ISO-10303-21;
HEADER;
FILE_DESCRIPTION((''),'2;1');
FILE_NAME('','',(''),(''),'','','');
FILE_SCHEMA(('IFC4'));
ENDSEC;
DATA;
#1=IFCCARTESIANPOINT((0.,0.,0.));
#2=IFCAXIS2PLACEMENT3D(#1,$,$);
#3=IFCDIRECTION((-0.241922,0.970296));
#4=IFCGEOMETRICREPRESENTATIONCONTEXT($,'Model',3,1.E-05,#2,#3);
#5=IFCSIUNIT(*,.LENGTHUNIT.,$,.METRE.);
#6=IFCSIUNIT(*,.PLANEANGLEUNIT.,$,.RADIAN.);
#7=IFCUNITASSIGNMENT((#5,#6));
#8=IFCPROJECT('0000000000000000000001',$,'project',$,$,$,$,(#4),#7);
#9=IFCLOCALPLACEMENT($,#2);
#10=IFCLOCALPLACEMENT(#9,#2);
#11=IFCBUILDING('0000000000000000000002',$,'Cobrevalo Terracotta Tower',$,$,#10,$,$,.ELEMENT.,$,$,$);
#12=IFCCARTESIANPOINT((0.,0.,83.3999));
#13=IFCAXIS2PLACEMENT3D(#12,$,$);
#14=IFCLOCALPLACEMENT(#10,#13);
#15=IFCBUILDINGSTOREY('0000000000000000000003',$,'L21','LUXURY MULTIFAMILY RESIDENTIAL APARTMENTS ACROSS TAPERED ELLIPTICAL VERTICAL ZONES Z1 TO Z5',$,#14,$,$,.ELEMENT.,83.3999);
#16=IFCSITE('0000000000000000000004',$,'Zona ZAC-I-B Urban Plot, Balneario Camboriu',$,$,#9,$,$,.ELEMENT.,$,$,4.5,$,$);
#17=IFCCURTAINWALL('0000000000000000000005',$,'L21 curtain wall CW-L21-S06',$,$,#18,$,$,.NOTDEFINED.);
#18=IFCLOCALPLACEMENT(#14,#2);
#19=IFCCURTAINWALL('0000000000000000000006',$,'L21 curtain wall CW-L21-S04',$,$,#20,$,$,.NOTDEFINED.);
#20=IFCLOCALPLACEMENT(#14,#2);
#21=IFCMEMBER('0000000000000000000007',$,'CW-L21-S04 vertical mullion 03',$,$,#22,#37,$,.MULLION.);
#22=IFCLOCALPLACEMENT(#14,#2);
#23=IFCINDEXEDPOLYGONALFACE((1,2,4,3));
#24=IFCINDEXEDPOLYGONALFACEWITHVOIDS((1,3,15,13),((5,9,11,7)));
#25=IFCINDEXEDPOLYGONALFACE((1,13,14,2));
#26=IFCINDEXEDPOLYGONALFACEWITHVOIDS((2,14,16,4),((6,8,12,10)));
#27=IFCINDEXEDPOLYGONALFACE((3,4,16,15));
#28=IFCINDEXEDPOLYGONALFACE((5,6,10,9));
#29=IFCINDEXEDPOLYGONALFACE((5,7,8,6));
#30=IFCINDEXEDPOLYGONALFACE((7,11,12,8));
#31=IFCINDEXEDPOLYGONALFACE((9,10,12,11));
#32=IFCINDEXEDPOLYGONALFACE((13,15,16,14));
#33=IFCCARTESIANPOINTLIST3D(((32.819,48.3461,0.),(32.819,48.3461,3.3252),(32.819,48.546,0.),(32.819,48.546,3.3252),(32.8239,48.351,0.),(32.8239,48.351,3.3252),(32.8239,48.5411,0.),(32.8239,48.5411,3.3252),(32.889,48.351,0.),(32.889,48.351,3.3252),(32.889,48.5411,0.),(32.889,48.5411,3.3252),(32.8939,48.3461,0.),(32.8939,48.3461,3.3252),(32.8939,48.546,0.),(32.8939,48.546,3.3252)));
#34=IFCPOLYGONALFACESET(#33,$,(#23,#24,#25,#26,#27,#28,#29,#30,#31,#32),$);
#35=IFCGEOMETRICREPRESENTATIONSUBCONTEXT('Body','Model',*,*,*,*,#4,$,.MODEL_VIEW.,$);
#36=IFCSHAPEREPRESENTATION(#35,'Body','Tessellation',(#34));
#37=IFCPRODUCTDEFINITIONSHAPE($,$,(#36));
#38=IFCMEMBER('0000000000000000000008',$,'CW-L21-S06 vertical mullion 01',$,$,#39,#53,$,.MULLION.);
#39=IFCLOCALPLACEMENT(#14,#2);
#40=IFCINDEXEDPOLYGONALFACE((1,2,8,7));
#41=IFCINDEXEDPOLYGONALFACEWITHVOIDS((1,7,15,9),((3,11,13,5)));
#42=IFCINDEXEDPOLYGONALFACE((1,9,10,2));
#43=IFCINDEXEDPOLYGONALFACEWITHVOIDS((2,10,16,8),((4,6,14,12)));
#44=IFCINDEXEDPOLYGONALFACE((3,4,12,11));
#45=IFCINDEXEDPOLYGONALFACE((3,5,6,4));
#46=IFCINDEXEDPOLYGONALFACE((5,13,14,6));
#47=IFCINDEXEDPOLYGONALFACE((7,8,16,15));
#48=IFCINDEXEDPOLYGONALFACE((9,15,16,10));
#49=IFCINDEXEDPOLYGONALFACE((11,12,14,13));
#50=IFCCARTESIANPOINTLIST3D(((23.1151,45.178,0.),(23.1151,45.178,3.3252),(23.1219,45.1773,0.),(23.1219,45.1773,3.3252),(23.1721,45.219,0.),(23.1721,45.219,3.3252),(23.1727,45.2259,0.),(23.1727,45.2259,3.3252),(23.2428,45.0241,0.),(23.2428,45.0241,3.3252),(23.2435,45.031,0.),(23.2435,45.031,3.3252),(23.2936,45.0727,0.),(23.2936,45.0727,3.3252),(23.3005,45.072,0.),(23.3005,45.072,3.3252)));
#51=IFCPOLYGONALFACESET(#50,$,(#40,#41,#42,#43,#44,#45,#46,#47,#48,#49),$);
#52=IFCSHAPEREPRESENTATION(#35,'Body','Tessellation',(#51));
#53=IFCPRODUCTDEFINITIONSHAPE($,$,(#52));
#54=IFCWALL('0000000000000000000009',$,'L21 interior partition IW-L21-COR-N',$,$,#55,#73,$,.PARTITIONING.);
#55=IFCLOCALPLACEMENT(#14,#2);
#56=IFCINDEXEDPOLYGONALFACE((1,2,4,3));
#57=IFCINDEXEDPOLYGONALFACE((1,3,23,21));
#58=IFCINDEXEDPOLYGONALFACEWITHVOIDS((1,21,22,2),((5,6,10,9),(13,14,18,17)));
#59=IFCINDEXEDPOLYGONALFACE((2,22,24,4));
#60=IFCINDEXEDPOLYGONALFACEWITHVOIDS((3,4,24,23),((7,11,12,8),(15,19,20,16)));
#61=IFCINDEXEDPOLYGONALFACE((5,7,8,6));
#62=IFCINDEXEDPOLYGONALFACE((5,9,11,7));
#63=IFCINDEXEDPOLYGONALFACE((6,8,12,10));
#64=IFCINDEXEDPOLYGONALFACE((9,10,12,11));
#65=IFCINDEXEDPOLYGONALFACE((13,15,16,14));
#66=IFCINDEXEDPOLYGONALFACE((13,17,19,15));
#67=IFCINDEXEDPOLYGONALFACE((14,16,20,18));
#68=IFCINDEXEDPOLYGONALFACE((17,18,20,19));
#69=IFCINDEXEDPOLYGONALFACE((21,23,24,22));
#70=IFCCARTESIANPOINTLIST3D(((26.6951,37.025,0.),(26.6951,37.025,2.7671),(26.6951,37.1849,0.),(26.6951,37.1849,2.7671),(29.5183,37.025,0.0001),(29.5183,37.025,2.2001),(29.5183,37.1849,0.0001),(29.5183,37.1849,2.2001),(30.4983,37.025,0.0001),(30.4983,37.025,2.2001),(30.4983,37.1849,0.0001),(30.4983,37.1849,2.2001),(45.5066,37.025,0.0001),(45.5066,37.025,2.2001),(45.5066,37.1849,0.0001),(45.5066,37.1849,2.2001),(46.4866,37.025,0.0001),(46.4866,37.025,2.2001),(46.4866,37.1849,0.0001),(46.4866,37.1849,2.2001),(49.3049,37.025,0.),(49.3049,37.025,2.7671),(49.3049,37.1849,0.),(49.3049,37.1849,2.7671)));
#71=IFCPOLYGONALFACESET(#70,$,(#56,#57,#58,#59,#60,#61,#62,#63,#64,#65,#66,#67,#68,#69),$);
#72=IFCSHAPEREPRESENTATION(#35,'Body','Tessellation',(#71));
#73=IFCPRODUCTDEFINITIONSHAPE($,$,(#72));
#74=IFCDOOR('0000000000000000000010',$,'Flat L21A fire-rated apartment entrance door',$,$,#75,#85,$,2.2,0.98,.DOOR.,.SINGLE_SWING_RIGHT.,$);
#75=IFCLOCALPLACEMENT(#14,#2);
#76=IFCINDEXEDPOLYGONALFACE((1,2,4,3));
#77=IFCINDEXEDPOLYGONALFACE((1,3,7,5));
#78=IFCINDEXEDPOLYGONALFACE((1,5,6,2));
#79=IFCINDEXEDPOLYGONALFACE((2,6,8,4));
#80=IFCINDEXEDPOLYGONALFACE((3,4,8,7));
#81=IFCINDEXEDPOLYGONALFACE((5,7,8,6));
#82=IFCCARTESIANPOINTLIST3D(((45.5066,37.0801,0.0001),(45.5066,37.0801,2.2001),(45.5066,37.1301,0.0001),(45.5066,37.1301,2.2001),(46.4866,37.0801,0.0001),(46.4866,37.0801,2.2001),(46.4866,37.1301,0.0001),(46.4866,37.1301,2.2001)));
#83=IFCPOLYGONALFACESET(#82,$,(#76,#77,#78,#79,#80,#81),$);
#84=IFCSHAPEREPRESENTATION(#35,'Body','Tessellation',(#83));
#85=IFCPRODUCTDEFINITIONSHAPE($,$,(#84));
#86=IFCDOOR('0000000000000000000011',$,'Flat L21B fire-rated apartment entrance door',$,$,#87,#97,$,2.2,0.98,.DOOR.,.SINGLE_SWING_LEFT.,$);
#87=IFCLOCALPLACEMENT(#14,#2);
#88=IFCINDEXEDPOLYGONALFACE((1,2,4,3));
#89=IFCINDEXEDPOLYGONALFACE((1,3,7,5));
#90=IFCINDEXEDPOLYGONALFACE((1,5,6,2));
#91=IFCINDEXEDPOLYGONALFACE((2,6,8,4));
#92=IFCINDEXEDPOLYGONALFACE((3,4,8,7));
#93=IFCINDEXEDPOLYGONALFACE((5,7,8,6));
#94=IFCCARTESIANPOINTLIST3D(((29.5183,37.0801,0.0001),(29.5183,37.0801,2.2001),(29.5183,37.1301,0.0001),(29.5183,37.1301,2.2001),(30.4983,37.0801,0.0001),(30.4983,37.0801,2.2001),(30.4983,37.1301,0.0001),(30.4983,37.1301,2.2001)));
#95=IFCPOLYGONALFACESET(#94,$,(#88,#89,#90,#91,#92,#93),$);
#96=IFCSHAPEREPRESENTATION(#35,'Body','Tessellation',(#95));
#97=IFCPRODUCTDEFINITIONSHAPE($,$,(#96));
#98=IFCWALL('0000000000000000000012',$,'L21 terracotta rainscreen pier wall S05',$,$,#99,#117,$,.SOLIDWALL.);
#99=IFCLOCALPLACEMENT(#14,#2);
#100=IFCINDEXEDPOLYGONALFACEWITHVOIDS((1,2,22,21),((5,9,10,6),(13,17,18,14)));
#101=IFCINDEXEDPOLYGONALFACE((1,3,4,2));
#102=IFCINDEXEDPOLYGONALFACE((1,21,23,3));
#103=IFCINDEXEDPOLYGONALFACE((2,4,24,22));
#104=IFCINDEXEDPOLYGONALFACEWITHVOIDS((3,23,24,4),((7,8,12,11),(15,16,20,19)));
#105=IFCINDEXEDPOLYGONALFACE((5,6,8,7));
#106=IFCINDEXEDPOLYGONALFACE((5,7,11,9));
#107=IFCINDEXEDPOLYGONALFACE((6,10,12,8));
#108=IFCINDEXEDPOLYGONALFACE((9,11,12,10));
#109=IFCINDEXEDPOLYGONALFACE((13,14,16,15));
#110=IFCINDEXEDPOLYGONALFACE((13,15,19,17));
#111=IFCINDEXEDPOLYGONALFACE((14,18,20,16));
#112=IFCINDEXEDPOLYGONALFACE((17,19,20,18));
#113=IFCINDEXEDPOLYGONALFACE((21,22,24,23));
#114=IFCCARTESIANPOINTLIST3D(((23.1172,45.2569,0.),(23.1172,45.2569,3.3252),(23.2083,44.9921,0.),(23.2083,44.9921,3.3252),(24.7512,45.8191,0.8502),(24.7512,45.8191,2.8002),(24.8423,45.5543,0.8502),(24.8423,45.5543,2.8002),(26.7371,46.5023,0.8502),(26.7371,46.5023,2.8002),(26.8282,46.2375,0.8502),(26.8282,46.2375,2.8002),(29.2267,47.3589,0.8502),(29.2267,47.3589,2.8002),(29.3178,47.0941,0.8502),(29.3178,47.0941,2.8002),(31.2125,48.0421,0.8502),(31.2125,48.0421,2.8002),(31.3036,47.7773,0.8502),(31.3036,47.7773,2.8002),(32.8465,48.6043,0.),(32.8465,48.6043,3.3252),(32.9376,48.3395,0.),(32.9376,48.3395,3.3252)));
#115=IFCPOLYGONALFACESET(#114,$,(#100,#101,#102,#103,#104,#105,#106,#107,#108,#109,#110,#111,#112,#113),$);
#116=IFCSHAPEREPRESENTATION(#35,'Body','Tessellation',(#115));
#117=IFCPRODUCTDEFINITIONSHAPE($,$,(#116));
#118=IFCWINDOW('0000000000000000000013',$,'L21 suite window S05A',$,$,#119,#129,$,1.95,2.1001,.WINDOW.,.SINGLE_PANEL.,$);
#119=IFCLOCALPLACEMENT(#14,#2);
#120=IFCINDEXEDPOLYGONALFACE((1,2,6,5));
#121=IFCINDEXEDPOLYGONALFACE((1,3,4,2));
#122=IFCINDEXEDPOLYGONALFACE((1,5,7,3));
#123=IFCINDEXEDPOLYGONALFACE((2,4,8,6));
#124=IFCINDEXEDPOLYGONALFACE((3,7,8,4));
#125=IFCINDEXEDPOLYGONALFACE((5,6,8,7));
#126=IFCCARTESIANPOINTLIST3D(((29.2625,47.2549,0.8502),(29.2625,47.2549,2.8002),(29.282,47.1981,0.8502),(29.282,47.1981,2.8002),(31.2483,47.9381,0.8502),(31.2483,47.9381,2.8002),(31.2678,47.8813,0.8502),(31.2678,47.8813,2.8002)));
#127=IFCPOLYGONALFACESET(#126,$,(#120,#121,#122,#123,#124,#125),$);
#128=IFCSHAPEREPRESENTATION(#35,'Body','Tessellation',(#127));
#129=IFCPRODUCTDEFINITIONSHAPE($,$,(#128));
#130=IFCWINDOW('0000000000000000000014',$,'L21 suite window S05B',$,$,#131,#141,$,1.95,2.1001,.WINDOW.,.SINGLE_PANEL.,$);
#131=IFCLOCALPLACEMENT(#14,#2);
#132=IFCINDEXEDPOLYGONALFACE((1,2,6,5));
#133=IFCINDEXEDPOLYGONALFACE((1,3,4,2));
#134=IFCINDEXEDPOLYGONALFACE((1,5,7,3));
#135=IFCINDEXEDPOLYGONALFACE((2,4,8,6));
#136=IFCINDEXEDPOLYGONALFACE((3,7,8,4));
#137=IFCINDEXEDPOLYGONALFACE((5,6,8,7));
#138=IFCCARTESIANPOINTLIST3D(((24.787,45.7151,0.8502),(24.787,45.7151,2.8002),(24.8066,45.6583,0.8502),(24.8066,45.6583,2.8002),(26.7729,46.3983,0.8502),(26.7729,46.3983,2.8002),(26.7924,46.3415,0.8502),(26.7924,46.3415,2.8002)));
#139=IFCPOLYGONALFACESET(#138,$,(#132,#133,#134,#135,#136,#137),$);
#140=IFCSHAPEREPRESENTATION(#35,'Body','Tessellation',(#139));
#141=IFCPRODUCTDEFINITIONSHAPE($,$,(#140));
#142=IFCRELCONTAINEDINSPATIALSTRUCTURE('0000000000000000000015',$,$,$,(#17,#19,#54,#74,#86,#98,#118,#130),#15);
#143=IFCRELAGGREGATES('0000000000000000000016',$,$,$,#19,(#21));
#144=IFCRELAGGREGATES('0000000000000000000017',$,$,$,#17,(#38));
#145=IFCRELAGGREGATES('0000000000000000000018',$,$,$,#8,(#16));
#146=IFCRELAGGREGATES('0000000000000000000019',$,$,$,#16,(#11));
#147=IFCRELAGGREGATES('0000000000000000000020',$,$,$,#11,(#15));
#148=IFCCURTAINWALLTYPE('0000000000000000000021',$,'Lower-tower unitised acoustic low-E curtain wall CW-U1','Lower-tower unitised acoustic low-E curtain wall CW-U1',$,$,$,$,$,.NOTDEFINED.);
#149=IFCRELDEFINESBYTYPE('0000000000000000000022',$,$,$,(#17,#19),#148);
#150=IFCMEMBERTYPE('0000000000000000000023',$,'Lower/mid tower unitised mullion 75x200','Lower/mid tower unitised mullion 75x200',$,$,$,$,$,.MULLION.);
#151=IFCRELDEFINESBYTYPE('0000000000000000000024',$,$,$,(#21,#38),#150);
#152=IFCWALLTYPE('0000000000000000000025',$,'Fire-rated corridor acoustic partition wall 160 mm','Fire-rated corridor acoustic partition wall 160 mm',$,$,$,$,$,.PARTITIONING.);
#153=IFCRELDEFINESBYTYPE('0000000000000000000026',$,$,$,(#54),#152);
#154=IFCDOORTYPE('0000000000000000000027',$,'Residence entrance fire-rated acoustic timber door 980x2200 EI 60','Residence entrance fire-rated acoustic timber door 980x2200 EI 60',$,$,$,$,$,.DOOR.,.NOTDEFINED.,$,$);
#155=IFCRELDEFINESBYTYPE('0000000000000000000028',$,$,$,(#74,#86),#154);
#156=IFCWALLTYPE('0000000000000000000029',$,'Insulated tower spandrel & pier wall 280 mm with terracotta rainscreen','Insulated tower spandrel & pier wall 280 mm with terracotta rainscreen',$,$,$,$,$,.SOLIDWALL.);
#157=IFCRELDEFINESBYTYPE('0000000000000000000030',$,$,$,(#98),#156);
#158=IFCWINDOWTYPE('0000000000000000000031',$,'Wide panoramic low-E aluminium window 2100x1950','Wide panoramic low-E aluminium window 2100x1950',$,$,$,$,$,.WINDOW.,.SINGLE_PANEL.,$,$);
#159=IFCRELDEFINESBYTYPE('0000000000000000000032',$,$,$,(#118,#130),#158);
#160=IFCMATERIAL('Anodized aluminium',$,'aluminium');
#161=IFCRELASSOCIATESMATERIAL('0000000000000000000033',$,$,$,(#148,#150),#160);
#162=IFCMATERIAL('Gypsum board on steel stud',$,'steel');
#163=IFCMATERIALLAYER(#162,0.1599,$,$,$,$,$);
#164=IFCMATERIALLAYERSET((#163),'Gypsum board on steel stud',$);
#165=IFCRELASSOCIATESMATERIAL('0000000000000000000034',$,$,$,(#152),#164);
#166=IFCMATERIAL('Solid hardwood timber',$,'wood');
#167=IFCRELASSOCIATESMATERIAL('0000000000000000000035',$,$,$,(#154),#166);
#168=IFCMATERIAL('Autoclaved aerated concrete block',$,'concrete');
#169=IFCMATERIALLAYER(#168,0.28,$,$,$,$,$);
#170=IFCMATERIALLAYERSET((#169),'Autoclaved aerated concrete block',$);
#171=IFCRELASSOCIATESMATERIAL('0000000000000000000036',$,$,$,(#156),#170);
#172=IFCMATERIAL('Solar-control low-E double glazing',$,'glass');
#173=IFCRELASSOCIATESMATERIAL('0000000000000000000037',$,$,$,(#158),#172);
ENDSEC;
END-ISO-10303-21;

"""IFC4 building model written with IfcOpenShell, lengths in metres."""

from ifc_helpers import new_model, si_unit, direction, frame, frame_2d, origin, origin_2d, place, context, subcontext, project, spatial, rectangle, hollow_rectangle, extrude, source, transform, mapped, material, layer, layer_set, material_profile, profile_set, type_object, element, fill, aggregate, save


model = new_model("IFC4")

# Units and contexts
model_context = context("Model", 3, precision=1e-05, world=origin(), true_north=direction((-0.241922, 0.970296)))
body_context = subcontext(model_context, "Body", "Model", "MODEL_VIEW")
ifc_project = project(units=[si_unit("LENGTHUNIT", "METRE"), si_unit("PLANEANGLEUNIT", "RADIAN")], contexts=[model_context])

# Site, building, storey
site_placement = place(None, origin())
site = spatial("IfcSite", under=ifc_project, at=site_placement, Name="Zona ZAC-I-B Urban Plot, Balneario Camboriu", CompositionType="ELEMENT", RefElevation=4.5)
building_placement = place(site_placement, origin())
building = spatial("IfcBuilding", under=site, at=building_placement, Name="Cobrevalo Terracotta Tower", CompositionType="ELEMENT")
storey_placement = place(building_placement, frame((0.0, 0.0, 83.3999)))
storey = spatial("IfcBuildingStorey", under=building, at=storey_placement, Name="L21", Description="LUXURY MULTIFAMILY RESIDENTIAL APARTMENTS ACROSS TAPERED ELLIPTICAL VERTICAL ZONES Z1 TO Z5", CompositionType="ELEMENT", Elevation=83.3999)

# Curtain walls, member
ifc_material_1 = material(Name="Anodized aluminium", Category="aluminium")
curtain_wall_type = type_object("IfcCurtainWallType", Name="Lower-tower unitised acoustic low-E curtain wall CW-U1", Description="Lower-tower unitised acoustic low-E curtain wall CW-U1", PredefinedType="NOTDEFINED", material=ifc_material_1)
curtain_wall_1_placement = place(storey_placement, origin())
curtain_wall_1 = element("IfcCurtainWall", 1, at=curtain_wall_1_placement, inside=storey, type_object=curtain_wall_type, Name="L21 curtain wall CW-L21-S06", PredefinedType="NOTDEFINED")
curtain_wall_2_placement = place(storey_placement, origin())
curtain_wall_2 = element("IfcCurtainWall", 2, at=curtain_wall_2_placement, inside=storey, type_object=curtain_wall_type, Name="L21 curtain wall CW-L21-S04", PredefinedType="NOTDEFINED")
ifc_material_profile_1 = material_profile(ifc_material_1, hollow_rectangle(XDim=0.075, YDim=0.2, WallThickness=0.0049, at=origin_2d()), Name="CWM 75x200")
ifc_profile_set_1 = profile_set([ifc_material_profile_1], Name="Anodized aluminium")
member_type_1 = type_object("IfcMemberType", Name="Lower/mid tower unitised mullion 75x200", Description="Lower/mid tower unitised mullion 75x200", PredefinedType="MULLION", material=ifc_profile_set_1)
shared_shape_1 = source(origin(), body_context, "Body", "SweptSolid", [
    extrude(hollow_rectangle(XDim=0.075, YDim=0.2, WallThickness=0.0049, at=origin_2d()), origin(), (0.0, 0.0, 1.0), 3.3252),
])
member_1_placement = place(storey_placement, frame((32.8564, 48.446, 0.0), z_axis=(0.0, 0.0, 1.0), x_axis=(-1.0, 0.0, 0.0)))
member_1 = element("IfcMember", 3, at=member_1_placement, type_object=member_type_1, Name="CW-L21-S04 vertical mullion 03", PredefinedType="MULLION", context=body_context, shape_type="MappedRepresentation", body=[
    mapped(shared_shape_1, transform((0.0, 0.0, 0.0), scale=1.0)),
])
aggregate(curtain_wall_2, [member_1])

# Member
member_2_placement = place(storey_placement, frame((23.2078, 45.125, 0.0), z_axis=(0.0, 0.0, 1.0), x_axis=(-0.769243, -0.638956, 0.0)))
member_2 = element("IfcMember", 4, at=member_2_placement, type_object=member_type_1, Name="CW-L21-S06 vertical mullion 01", PredefinedType="MULLION", context=body_context, shape_type="MappedRepresentation", body=[
    mapped(shared_shape_1, transform((0.0, 0.0, 0.0), scale=1.0)),
])
aggregate(curtain_wall_1, [member_2])

# Wall, openings, doors
ifc_material_2 = material(Name="Gypsum board on steel stud", Category="steel")
ifc_layer_1 = layer(ifc_material_2, 0.1599)
ifc_layer_set_1 = layer_set([ifc_layer_1], Name="Gypsum board on steel stud")
wall_type_1 = type_object("IfcWallType", Name="Fire-rated corridor acoustic partition wall 160 mm", Description="Fire-rated corridor acoustic partition wall 160 mm", PredefinedType="PARTITIONING", material=ifc_layer_set_1)
wall_1_placement = place(storey_placement, frame((26.6951, 37.105, 0.0), z_axis=(0.0, 0.0, 1.0), x_axis=(1.0, 0.0, 0.0)))
wall_1 = element("IfcWall", 5, at=wall_1_placement, inside=storey, type_object=wall_type_1, Name="L21 interior partition IW-L21-COR-N", PredefinedType="PARTITIONING", context=body_context, shape_type="SweptSolid", body=[
    extrude(rectangle(XDim=22.6099, YDim=0.1599, at=frame_2d((11.3049, 0.0))), origin(), (0.0, 0.0, 1.0), 2.7671),
])
opening_1_placement = place(wall_1_placement, frame((18.8115, 0.0, 0.0)))
opening_1 = element("IfcOpeningElement", 6, at=opening_1_placement, cuts=wall_1, PredefinedType="OPENING", context=body_context, shape_type="SweptSolid", body=[
    extrude(rectangle(XDim=0.98, YDim=2.2, at=frame_2d((0.49, 1.1001))), frame((0.0, 0.0898, 0.0), z_axis=(0.0, -1.0, 0.0), x_axis=(1.0, 0.0, 0.0)), (0.0, 0.0, 1.0), 0.1799),
])
opening_2_placement = place(wall_1_placement, frame((2.8232, 0.0, 0.0)))
opening_2 = element("IfcOpeningElement", 7, at=opening_2_placement, cuts=wall_1, PredefinedType="OPENING", context=body_context, shape_type="SweptSolid", body=[
    extrude(rectangle(XDim=0.98, YDim=2.2, at=frame_2d((0.49, 1.1001))), frame((0.0, 0.0898, 0.0), z_axis=(0.0, -1.0, 0.0), x_axis=(1.0, 0.0, 0.0)), (0.0, 0.0, 1.0), 0.1799),
])
ifc_material_3 = material(Name="Solid hardwood timber", Category="wood")
door_type_1 = type_object("IfcDoorType", Name="Residence entrance fire-rated acoustic timber door 980x2200 EI 60", Description="Residence entrance fire-rated acoustic timber door 980x2200 EI 60", OperationType="NOTDEFINED", PredefinedType="DOOR", material=ifc_material_3)
shared_shape_2 = source(origin(), body_context, "Body", "SweptSolid", [
    extrude(rectangle(XDim=0.98, YDim=2.2, at=frame_2d((0.49, 1.1001))), frame((0.0, 0.0249, 0.0), z_axis=(0.0, -1.0, 0.0), x_axis=(1.0, 0.0, 0.0)), (0.0, 0.0, 1.0), 0.05),
])
door_1_placement = place(opening_1_placement, frame((0.98, 0.0, 0.0), z_axis=(0.0, 0.0, 1.0), x_axis=(-1.0, 0.0, 0.0)))
door_1 = element("IfcDoor", 8, at=door_1_placement, inside=storey, type_object=door_type_1, Name="Flat L21A fire-rated apartment entrance door", OperationType="SINGLE_SWING_RIGHT", OverallHeight=2.2, OverallWidth=0.98, PredefinedType="DOOR", context=body_context, shape_type="MappedRepresentation", body=[
    mapped(shared_shape_2, transform((0.0, 0.0, 0.0), scale=1.0)),
])
fill(opening_1, door_1)
door_2_placement = place(opening_2_placement, frame((0.98, 0.0, 0.0), z_axis=(0.0, 0.0, 1.0), x_axis=(-1.0, 0.0, 0.0)))
door_2 = element("IfcDoor", 9, at=door_2_placement, inside=storey, type_object=door_type_1, Name="Flat L21B fire-rated apartment entrance door", OperationType="SINGLE_SWING_LEFT", OverallHeight=2.2, OverallWidth=0.98, PredefinedType="DOOR", context=body_context, shape_type="MappedRepresentation", body=[
    mapped(shared_shape_2, transform((0.0, 0.0, 0.0), scale=1.0)),
])
fill(opening_2, door_2)

# Wall, openings, windows
ifc_material_4 = material(Name="Autoclaved aerated concrete block", Category="concrete")
ifc_layer_2 = layer(ifc_material_4, 0.28)
ifc_layer_set_2 = layer_set([ifc_layer_2], Name="Autoclaved aerated concrete block")
wall_type_2 = type_object("IfcWallType", Name="Insulated tower spandrel & pier wall 280 mm with terracotta rainscreen", Description="Insulated tower spandrel & pier wall 280 mm with terracotta rainscreen", PredefinedType="SOLIDWALL", material=ifc_layer_set_2)
wall_2_placement = place(storey_placement, frame((32.8921, 48.4719, 0.0), z_axis=(0.0, 0.0, 1.0), x_axis=(-0.945597, -0.325339, 0.0)))
wall_2 = element("IfcWall", 10, at=wall_2_placement, inside=storey, type_object=wall_type_2, Name="L21 terracotta rainscreen pier wall S05", PredefinedType="SOLIDWALL", context=body_context, shape_type="SweptSolid", body=[
    extrude(rectangle(XDim=10.2891, YDim=0.28, at=frame_2d((5.1445, 0.0))), origin(), (0.0, 0.0, 1.0), 3.3252),
])
opening_3_placement = place(wall_2_placement, frame((1.728, 0.0, 0.8501)))
opening_3 = element("IfcOpeningElement", 11, at=opening_3_placement, cuts=wall_2, PredefinedType="OPENING", context=body_context, shape_type="SweptSolid", body=[
    extrude(rectangle(XDim=2.1001, YDim=1.95, at=frame_2d((1.05, 0.9751))), frame((0.0, 0.1499, 0.0), z_axis=(0.0, -1.0, 0.0), x_axis=(1.0, 0.0, 0.0)), (0.0, 0.0, 1.0), 0.3),
])
opening_4_placement = place(wall_2_placement, frame((6.4609, 0.0, 0.8501)))
opening_4 = element("IfcOpeningElement", 12, at=opening_4_placement, cuts=wall_2, PredefinedType="OPENING", context=body_context, shape_type="SweptSolid", body=[
    extrude(rectangle(XDim=2.1001, YDim=1.95, at=frame_2d((1.05, 0.9751))), frame((0.0, 0.1499, 0.0), z_axis=(0.0, -1.0, 0.0), x_axis=(1.0, 0.0, 0.0)), (0.0, 0.0, 1.0), 0.3),
])
ifc_material_5 = material(Name="Solar-control low-E double glazing", Category="glass")
window_type = type_object("IfcWindowType", Name="Wide panoramic low-E aluminium window 2100x1950", Description="Wide panoramic low-E aluminium window 2100x1950", PartitioningType="SINGLE_PANEL", PredefinedType="WINDOW", material=ifc_material_5)
shared_shape_3 = source(origin(), body_context, "Body", "SweptSolid", [
    extrude(rectangle(XDim=2.1001, YDim=1.95, at=frame_2d((1.05, 0.9751))), frame((0.0, 0.03, 0.0), z_axis=(0.0, -1.0, 0.0), x_axis=(1.0, 0.0, 0.0)), (0.0, 0.0, 1.0), 0.0601),
])
window_1_placement = place(opening_3_placement, origin())
window_1 = element("IfcWindow", 13, at=window_1_placement, inside=storey, type_object=window_type, Name="L21 suite window S05A", OverallHeight=1.95, OverallWidth=2.1001, PartitioningType="SINGLE_PANEL", PredefinedType="WINDOW", context=body_context, shape_type="MappedRepresentation", body=[
    mapped(shared_shape_3, transform((0.0, 0.0, 0.0), scale=1.0)),
])
fill(opening_3, window_1)
window_2_placement = place(opening_4_placement, origin())
window_2 = element("IfcWindow", 14, at=window_2_placement, inside=storey, type_object=window_type, Name="L21 suite window S05B", OverallHeight=1.95, OverallWidth=2.1001, PartitioningType="SINGLE_PANEL", PredefinedType="WINDOW", context=body_context, shape_type="MappedRepresentation", body=[
    mapped(shared_shape_3, transform((0.0, 0.0, 0.0), scale=1.0)),
])
fill(opening_4, window_2)

save(model, "model.ifc")
